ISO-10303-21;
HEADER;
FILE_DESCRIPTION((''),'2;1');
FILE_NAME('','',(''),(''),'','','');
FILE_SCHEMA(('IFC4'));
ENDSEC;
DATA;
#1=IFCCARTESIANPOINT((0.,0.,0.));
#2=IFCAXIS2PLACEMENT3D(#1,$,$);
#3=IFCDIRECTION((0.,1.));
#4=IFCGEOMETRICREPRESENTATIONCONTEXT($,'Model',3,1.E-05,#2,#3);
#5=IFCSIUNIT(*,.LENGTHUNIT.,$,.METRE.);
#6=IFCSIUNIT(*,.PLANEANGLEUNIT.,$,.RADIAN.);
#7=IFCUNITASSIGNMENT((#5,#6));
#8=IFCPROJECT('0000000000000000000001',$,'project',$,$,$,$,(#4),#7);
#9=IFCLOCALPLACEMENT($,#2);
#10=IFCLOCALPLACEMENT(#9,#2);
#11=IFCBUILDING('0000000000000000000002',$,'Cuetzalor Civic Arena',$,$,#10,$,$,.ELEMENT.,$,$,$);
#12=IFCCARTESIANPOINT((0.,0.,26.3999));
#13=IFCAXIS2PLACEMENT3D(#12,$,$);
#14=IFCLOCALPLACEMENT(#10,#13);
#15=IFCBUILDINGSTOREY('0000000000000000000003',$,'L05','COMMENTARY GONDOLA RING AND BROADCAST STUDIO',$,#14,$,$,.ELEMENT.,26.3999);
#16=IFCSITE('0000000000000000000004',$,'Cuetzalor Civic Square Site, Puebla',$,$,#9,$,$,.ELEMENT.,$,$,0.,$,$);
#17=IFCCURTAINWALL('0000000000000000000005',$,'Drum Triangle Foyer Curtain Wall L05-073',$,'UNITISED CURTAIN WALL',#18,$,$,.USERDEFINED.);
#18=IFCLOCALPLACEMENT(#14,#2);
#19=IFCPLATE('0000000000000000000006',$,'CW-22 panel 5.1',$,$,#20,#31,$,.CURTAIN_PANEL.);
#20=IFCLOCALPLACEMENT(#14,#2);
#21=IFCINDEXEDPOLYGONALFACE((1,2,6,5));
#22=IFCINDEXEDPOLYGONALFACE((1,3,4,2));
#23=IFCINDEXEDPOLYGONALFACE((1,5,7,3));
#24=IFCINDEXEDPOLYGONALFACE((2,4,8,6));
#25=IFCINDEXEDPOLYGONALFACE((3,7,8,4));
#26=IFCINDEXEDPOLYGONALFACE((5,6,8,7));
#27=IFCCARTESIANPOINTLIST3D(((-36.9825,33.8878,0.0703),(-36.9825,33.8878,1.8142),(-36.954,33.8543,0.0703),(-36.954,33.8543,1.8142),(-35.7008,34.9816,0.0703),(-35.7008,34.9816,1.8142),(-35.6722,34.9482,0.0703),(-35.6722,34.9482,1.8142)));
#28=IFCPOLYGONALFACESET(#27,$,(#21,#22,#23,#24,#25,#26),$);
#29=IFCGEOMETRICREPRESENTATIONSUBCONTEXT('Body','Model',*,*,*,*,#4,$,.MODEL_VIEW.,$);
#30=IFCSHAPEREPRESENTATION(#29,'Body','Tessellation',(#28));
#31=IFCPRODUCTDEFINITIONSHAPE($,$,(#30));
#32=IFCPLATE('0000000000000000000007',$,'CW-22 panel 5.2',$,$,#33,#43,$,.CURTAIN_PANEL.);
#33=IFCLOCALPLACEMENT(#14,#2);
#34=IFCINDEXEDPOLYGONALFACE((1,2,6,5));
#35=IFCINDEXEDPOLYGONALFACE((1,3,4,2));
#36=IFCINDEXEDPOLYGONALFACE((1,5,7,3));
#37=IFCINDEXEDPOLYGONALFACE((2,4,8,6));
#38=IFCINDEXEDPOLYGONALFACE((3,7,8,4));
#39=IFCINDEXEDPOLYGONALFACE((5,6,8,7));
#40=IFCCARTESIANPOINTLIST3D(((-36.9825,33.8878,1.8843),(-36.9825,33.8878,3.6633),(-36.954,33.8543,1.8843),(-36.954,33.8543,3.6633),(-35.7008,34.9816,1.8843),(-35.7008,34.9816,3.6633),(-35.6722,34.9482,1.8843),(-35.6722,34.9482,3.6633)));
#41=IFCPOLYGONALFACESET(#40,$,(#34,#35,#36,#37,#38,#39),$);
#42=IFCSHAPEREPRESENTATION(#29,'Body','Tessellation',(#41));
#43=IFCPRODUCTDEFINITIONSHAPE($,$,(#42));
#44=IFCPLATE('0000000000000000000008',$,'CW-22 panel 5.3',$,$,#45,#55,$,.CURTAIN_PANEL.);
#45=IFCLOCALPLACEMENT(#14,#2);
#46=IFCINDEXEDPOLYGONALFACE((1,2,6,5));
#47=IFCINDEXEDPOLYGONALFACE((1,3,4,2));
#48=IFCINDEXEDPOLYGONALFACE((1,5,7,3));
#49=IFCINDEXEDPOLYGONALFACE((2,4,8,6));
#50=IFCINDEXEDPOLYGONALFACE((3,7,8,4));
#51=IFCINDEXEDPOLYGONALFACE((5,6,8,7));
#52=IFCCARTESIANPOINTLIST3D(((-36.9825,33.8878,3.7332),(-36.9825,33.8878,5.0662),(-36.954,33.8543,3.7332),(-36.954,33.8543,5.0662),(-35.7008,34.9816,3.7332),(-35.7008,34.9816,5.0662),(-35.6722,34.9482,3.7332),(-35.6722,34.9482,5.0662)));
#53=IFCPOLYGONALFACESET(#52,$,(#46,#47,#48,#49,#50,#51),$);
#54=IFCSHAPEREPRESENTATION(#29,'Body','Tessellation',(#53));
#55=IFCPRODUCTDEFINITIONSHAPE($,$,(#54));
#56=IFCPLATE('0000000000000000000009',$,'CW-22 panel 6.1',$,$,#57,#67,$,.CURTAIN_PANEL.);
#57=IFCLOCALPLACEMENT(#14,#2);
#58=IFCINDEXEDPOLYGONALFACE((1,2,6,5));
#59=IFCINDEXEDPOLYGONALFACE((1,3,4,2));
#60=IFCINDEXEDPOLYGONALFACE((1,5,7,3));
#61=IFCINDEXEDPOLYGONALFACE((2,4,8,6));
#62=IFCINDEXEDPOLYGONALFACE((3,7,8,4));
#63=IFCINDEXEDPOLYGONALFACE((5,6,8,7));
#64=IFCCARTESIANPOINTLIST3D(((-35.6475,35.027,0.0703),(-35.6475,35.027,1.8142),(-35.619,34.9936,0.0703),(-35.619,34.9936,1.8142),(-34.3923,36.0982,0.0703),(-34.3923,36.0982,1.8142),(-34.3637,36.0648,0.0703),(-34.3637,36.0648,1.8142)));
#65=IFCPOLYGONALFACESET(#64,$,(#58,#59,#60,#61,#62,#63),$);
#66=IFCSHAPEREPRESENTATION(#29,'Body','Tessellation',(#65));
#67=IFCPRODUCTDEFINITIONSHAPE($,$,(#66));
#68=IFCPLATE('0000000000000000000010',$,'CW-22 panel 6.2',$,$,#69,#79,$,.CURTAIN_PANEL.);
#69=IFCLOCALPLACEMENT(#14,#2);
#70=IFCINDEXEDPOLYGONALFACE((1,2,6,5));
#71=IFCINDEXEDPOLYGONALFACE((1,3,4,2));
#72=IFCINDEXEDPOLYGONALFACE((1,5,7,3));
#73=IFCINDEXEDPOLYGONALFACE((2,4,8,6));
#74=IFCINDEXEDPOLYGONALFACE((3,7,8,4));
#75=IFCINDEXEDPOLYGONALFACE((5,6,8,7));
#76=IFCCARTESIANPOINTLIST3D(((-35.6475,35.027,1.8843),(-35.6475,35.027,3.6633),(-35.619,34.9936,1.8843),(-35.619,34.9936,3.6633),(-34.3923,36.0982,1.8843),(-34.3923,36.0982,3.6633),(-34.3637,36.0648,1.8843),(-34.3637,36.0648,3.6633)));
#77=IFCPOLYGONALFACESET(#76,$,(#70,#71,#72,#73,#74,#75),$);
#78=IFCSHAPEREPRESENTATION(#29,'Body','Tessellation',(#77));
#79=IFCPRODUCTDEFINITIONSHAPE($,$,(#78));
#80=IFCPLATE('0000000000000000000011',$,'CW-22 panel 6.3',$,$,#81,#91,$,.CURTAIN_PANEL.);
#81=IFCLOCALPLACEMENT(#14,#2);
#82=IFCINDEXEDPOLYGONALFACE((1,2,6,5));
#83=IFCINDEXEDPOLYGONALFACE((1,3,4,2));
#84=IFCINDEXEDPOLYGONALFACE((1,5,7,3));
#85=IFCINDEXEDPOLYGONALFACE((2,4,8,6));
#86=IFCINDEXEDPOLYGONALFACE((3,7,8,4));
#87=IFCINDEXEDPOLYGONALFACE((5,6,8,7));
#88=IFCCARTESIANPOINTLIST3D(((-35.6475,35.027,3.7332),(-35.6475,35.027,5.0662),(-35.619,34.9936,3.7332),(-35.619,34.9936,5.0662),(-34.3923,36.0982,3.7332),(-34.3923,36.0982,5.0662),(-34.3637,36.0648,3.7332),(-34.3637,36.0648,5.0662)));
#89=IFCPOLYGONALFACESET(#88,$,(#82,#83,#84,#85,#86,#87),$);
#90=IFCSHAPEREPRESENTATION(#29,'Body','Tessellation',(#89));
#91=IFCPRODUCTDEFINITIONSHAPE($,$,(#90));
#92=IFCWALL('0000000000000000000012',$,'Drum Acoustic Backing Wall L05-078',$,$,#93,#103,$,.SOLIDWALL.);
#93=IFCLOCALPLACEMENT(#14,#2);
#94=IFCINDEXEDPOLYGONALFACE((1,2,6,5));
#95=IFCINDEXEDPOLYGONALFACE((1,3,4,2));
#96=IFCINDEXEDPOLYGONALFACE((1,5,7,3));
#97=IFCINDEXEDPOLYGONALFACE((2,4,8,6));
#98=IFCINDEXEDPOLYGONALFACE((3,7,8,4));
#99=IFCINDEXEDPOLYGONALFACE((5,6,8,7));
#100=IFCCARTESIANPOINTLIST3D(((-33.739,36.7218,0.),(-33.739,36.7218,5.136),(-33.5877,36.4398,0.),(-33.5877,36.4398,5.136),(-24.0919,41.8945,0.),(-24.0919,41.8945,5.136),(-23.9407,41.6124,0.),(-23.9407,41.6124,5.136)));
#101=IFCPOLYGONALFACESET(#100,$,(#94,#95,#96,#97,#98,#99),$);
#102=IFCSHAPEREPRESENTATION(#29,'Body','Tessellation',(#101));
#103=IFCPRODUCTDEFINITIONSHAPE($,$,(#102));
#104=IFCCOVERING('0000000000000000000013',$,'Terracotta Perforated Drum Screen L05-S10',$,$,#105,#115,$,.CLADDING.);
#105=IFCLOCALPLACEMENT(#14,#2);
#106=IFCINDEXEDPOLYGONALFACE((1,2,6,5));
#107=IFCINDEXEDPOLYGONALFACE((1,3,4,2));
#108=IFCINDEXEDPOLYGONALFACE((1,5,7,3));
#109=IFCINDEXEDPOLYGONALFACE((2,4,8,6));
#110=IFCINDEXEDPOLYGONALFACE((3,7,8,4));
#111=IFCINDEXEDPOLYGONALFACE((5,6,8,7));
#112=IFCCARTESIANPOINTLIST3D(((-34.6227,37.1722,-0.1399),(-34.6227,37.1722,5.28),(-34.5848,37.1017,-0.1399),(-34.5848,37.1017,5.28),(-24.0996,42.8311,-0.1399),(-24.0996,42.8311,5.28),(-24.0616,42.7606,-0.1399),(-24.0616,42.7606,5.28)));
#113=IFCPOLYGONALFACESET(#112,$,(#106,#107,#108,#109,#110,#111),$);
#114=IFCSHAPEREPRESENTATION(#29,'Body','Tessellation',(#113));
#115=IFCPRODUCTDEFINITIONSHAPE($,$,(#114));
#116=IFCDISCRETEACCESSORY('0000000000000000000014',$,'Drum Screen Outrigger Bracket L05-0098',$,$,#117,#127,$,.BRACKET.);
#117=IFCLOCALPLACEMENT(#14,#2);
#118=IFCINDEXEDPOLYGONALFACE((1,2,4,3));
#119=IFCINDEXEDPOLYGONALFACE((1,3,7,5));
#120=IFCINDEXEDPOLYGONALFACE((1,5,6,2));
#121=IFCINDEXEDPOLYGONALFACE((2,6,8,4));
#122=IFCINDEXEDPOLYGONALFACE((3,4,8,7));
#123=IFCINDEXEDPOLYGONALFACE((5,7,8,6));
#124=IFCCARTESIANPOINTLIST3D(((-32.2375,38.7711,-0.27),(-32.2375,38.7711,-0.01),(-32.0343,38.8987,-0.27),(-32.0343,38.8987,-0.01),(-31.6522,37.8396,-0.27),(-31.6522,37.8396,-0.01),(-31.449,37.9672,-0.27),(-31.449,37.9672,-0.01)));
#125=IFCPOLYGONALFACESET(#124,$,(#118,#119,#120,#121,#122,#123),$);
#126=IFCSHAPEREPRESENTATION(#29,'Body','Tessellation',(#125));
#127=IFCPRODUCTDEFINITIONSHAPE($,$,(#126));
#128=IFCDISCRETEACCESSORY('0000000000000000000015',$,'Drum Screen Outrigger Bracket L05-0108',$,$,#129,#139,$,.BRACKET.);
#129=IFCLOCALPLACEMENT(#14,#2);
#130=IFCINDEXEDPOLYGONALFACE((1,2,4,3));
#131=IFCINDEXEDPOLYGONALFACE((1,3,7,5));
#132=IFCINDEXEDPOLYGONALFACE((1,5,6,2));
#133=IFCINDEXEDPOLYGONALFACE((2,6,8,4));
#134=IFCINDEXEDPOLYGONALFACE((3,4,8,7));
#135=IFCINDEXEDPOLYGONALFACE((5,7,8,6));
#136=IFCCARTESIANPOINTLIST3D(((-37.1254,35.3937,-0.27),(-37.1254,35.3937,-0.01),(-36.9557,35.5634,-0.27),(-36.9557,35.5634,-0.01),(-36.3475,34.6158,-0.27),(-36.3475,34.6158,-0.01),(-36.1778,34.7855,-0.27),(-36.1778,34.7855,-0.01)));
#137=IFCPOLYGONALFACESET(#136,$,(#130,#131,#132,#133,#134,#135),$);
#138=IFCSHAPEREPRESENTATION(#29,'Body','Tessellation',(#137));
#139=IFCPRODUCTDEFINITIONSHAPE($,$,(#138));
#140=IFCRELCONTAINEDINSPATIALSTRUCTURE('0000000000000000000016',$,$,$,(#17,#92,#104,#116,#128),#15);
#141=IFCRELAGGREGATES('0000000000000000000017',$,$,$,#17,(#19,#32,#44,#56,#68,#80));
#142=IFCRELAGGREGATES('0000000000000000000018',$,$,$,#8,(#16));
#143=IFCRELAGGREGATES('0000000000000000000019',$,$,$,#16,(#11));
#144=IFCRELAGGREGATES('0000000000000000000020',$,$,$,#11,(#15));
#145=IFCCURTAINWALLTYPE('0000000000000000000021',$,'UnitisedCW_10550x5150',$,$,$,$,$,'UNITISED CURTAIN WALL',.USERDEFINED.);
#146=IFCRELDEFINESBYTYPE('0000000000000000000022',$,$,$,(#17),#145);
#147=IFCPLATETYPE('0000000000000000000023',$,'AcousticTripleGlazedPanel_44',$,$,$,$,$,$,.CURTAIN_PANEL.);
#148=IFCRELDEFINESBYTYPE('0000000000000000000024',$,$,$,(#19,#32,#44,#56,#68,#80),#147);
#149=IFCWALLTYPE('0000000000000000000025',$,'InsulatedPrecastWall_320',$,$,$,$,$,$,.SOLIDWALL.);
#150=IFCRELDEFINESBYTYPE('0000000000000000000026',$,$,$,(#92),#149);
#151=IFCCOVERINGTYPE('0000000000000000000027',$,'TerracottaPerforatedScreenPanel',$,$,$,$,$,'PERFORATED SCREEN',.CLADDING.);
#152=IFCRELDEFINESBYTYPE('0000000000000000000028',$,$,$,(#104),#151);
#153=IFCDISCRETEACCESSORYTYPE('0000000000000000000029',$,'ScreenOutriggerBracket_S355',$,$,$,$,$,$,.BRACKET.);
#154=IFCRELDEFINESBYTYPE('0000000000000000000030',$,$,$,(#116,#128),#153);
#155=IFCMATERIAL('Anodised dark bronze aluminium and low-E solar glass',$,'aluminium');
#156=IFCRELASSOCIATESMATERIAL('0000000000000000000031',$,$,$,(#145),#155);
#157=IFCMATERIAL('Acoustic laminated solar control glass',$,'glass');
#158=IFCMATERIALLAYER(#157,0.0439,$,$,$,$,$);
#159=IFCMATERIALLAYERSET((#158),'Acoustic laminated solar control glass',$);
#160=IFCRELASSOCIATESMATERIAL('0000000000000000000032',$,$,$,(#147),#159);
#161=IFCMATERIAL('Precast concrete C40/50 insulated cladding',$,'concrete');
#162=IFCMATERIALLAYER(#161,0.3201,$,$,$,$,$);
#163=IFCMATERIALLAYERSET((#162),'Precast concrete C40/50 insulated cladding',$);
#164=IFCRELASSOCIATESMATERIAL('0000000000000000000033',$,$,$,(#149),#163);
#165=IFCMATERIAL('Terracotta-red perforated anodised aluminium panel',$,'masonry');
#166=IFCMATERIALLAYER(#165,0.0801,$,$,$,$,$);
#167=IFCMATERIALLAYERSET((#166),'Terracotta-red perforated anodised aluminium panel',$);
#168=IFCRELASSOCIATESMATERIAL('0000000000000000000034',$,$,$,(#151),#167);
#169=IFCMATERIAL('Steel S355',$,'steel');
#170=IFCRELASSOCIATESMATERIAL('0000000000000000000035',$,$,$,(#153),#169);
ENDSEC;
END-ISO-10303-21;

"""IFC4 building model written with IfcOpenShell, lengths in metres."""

from ifc_helpers import new_model, si_unit, direction, frame, frame_2d, origin, origin_2d, place, context, subcontext, project, spatial, rectangle, extrude, material, layer, layer_set, type_object, element, aggregate, save


model = new_model("IFC4")

# Units and contexts
model_context = context("Model", 3, precision=1e-05, world=origin(), true_north=direction((0.0, 1.0)))
body_context = subcontext(model_context, "Body", "Model", "MODEL_VIEW")
ifc_project = project(units=[si_unit("LENGTHUNIT", "METRE"), si_unit("PLANEANGLEUNIT", "RADIAN")], contexts=[model_context])

# Site, building, storey
site_placement = place(None, origin())
site = spatial("IfcSite", under=ifc_project, at=site_placement, Name="Cuetzalor Civic Square Site, Puebla", CompositionType="ELEMENT", RefElevation=0.0)
building_placement = place(site_placement, origin())
building = spatial("IfcBuilding", under=site, at=building_placement, Name="Cuetzalor Civic Arena", CompositionType="ELEMENT")
storey_placement = place(building_placement, frame((0.0, 0.0, 26.3999)))
storey = spatial("IfcBuildingStorey", under=building, at=storey_placement, Name="L05", Description="COMMENTARY GONDOLA RING AND BROADCAST STUDIO", CompositionType="ELEMENT", Elevation=26.3999)

# Curtain wall, plates
ifc_material_1 = material(Name="Anodised dark bronze aluminium and low-E solar glass", Category="aluminium")
curtain_wall_type = type_object("IfcCurtainWallType", Name="UnitisedCW_10550x5150", ElementType="UNITISED CURTAIN WALL", PredefinedType="USERDEFINED", material=ifc_material_1)
curtain_wall_placement = place(storey_placement, origin())
curtain_wall = element("IfcCurtainWall", 1, at=curtain_wall_placement, inside=storey, type_object=curtain_wall_type, Name="Drum Triangle Foyer Curtain Wall L05-073", ObjectType="UNITISED CURTAIN WALL", PredefinedType="USERDEFINED")
ifc_material_2 = material(Name="Acoustic laminated solar control glass", Category="glass")
ifc_layer_1 = layer(ifc_material_2, 0.0439)
ifc_layer_set_1 = layer_set([ifc_layer_1], Name="Acoustic laminated solar control glass")
plate_type = type_object("IfcPlateType", Name="AcousticTripleGlazedPanel_44", PredefinedType="CURTAIN_PANEL", material=ifc_layer_set_1)
plate_1_placement = place(storey_placement, frame((-36.3274, 34.418, 0.0703), z_axis=(0.0, 0.0, 1.0), x_axis=(0.760677, 0.64913, 0.0)))
plate_1 = element("IfcPlate", 2, at=plate_1_placement, type_object=plate_type, Name="CW-22 panel 5.1", PredefinedType="CURTAIN_PANEL", context=body_context, shape_type="SweptSolid", body=[
    extrude(rectangle(XDim=1.6851, YDim=0.0439, at=origin_2d()), origin(), (0.0, 0.0, 1.0), 1.7439),
])
plate_2_placement = place(storey_placement, frame((-36.3274, 34.418, 1.8843), z_axis=(0.0, 0.0, 1.0), x_axis=(0.760677, 0.64913, 0.0)))
plate_2 = element("IfcPlate", 3, at=plate_2_placement, type_object=plate_type, Name="CW-22 panel 5.2", PredefinedType="CURTAIN_PANEL", context=body_context, shape_type="SweptSolid", body=[
    extrude(rectangle(XDim=1.6851, YDim=0.0439, at=origin_2d()), origin(), (0.0, 0.0, 1.0), 1.7791),
])
plate_3_placement = place(storey_placement, frame((-36.3274, 34.418, 3.7332), z_axis=(0.0, 0.0, 1.0), x_axis=(0.760677, 0.64913, 0.0)))
plate_3 = element("IfcPlate", 4, at=plate_3_placement, type_object=plate_type, Name="CW-22 panel 5.3", PredefinedType="CURTAIN_PANEL", context=body_context, shape_type="SweptSolid", body=[
    extrude(rectangle(XDim=1.6851, YDim=0.0439, at=origin_2d()), origin(), (0.0, 0.0, 1.0), 1.333),
])
plate_4_placement = place(storey_placement, frame((-35.0056, 35.5459, 0.0703), z_axis=(0.0, 0.0, 1.0), x_axis=(0.760677, 0.64913, 0.0)))
plate_4 = element("IfcPlate", 5, at=plate_4_placement, type_object=plate_type, Name="CW-22 panel 6.1", PredefinedType="CURTAIN_PANEL", context=body_context, shape_type="SweptSolid", body=[
    extrude(rectangle(XDim=1.6501, YDim=0.0439, at=origin_2d()), origin(), (0.0, 0.0, 1.0), 1.7439),
])
plate_5_placement = place(storey_placement, frame((-35.0056, 35.5459, 1.8843), z_axis=(0.0, 0.0, 1.0), x_axis=(0.760677, 0.64913, 0.0)))
plate_5 = element("IfcPlate", 6, at=plate_5_placement, type_object=plate_type, Name="CW-22 panel 6.2", PredefinedType="CURTAIN_PANEL", context=body_context, shape_type="SweptSolid", body=[
    extrude(rectangle(XDim=1.6501, YDim=0.0439, at=origin_2d()), origin(), (0.0, 0.0, 1.0), 1.7791),
])
plate_6_placement = place(storey_placement, frame((-35.0056, 35.5459, 3.7332), z_axis=(0.0, 0.0, 1.0), x_axis=(0.760677, 0.64913, 0.0)))
plate_6 = element("IfcPlate", 7, at=plate_6_placement, type_object=plate_type, Name="CW-22 panel 6.3", PredefinedType="CURTAIN_PANEL", context=body_context, shape_type="SweptSolid", body=[
    extrude(rectangle(XDim=1.6501, YDim=0.0439, at=origin_2d()), origin(), (0.0, 0.0, 1.0), 1.333),
])
aggregate(curtain_wall, [plate_1, plate_2, plate_3, plate_4, plate_5, plate_6])

# Wall
ifc_material_3 = material(Name="Precast concrete C40/50 insulated cladding", Category="concrete")
ifc_layer_2 = layer(ifc_material_3, 0.3201)
ifc_layer_set_2 = layer_set([ifc_layer_2], Name="Precast concrete C40/50 insulated cladding")
wall_type = type_object("IfcWallType", Name="InsulatedPrecastWall_320", PredefinedType="SOLIDWALL", material=ifc_layer_set_2)
wall_placement = place(storey_placement, frame((-33.6633, 36.5808, 0.0), z_axis=(0.0, 0.0, 1.0), x_axis=(0.881306, 0.472547, 0.0)))
element("IfcWall", 8, at=wall_placement, inside=storey, type_object=wall_type, Name="Drum Acoustic Backing Wall L05-078", PredefinedType="SOLIDWALL", context=body_context, shape_type="SweptSolid", body=[
    extrude(rectangle(XDim=10.9463, YDim=0.3201, at=frame_2d((5.4731, 0.0))), origin(), (0.0, 0.0, 1.0), 5.136),
])

# Covering
ifc_material_4 = material(Name="Terracotta-red perforated anodised aluminium panel", Category="masonry")
ifc_layer_3 = layer(ifc_material_4, 0.0801)
ifc_layer_set_3 = layer_set([ifc_layer_3], Name="Terracotta-red perforated anodised aluminium panel")
covering_type = type_object("IfcCoveringType", Name="TerracottaPerforatedScreenPanel", ElementType="PERFORATED SCREEN", PredefinedType="CLADDING", material=ifc_layer_set_3)
covering_placement = place(storey_placement, frame((-34.6038, 37.137, -0.1399), z_axis=(0.0, 0.0, 1.0), x_axis=(0.880729, 0.47362, 0.0)))
element("IfcCovering", 9, at=covering_placement, inside=storey, type_object=covering_type, Name="Terracotta Perforated Drum Screen L05-S10", PredefinedType="CLADDING", context=body_context, shape_type="SweptSolid", body=[
    extrude(rectangle(XDim=11.9482, YDim=0.0801, at=frame_2d((5.9741, 0.0))), origin(), (0.0, 0.0, 1.0), 5.4199),
])

# Discrete accessories
ifc_material_5 = material(Name="Steel S355", Category="steel")
discrete_accessory_type = type_object("IfcDiscreteAccessoryType", Name="ScreenOutriggerBracket_S355", PredefinedType="BRACKET", material=ifc_material_5)
for number, where, z_axis, x_axis, name in (
    (10, (-31.8433, 38.3691, -0.27), (0.0, 0.0, 1.0), (-0.53199, 0.846751, 0.0), "Drum Screen Outrigger Bracket L05-0098"),
    (11, (-36.6516, 35.0896, -0.27), (0.0, 0.0, 1.0), (-0.707107, 0.707107, 0.0), "Drum Screen Outrigger Bracket L05-0108"),
):
    element("IfcDiscreteAccessory", number, at=place(storey_placement, frame(where, z_axis=z_axis, x_axis=x_axis)), inside=storey, type_object=discrete_accessory_type, Name=name, PredefinedType="BRACKET", context=body_context, shape_type="SweptSolid", body=[
        extrude(rectangle(XDim=1.1001, YDim=0.24, at=origin_2d()), origin(), (0.0, 0.0, 1.0), 0.26),
    ])

save(model, "model.ifc")
